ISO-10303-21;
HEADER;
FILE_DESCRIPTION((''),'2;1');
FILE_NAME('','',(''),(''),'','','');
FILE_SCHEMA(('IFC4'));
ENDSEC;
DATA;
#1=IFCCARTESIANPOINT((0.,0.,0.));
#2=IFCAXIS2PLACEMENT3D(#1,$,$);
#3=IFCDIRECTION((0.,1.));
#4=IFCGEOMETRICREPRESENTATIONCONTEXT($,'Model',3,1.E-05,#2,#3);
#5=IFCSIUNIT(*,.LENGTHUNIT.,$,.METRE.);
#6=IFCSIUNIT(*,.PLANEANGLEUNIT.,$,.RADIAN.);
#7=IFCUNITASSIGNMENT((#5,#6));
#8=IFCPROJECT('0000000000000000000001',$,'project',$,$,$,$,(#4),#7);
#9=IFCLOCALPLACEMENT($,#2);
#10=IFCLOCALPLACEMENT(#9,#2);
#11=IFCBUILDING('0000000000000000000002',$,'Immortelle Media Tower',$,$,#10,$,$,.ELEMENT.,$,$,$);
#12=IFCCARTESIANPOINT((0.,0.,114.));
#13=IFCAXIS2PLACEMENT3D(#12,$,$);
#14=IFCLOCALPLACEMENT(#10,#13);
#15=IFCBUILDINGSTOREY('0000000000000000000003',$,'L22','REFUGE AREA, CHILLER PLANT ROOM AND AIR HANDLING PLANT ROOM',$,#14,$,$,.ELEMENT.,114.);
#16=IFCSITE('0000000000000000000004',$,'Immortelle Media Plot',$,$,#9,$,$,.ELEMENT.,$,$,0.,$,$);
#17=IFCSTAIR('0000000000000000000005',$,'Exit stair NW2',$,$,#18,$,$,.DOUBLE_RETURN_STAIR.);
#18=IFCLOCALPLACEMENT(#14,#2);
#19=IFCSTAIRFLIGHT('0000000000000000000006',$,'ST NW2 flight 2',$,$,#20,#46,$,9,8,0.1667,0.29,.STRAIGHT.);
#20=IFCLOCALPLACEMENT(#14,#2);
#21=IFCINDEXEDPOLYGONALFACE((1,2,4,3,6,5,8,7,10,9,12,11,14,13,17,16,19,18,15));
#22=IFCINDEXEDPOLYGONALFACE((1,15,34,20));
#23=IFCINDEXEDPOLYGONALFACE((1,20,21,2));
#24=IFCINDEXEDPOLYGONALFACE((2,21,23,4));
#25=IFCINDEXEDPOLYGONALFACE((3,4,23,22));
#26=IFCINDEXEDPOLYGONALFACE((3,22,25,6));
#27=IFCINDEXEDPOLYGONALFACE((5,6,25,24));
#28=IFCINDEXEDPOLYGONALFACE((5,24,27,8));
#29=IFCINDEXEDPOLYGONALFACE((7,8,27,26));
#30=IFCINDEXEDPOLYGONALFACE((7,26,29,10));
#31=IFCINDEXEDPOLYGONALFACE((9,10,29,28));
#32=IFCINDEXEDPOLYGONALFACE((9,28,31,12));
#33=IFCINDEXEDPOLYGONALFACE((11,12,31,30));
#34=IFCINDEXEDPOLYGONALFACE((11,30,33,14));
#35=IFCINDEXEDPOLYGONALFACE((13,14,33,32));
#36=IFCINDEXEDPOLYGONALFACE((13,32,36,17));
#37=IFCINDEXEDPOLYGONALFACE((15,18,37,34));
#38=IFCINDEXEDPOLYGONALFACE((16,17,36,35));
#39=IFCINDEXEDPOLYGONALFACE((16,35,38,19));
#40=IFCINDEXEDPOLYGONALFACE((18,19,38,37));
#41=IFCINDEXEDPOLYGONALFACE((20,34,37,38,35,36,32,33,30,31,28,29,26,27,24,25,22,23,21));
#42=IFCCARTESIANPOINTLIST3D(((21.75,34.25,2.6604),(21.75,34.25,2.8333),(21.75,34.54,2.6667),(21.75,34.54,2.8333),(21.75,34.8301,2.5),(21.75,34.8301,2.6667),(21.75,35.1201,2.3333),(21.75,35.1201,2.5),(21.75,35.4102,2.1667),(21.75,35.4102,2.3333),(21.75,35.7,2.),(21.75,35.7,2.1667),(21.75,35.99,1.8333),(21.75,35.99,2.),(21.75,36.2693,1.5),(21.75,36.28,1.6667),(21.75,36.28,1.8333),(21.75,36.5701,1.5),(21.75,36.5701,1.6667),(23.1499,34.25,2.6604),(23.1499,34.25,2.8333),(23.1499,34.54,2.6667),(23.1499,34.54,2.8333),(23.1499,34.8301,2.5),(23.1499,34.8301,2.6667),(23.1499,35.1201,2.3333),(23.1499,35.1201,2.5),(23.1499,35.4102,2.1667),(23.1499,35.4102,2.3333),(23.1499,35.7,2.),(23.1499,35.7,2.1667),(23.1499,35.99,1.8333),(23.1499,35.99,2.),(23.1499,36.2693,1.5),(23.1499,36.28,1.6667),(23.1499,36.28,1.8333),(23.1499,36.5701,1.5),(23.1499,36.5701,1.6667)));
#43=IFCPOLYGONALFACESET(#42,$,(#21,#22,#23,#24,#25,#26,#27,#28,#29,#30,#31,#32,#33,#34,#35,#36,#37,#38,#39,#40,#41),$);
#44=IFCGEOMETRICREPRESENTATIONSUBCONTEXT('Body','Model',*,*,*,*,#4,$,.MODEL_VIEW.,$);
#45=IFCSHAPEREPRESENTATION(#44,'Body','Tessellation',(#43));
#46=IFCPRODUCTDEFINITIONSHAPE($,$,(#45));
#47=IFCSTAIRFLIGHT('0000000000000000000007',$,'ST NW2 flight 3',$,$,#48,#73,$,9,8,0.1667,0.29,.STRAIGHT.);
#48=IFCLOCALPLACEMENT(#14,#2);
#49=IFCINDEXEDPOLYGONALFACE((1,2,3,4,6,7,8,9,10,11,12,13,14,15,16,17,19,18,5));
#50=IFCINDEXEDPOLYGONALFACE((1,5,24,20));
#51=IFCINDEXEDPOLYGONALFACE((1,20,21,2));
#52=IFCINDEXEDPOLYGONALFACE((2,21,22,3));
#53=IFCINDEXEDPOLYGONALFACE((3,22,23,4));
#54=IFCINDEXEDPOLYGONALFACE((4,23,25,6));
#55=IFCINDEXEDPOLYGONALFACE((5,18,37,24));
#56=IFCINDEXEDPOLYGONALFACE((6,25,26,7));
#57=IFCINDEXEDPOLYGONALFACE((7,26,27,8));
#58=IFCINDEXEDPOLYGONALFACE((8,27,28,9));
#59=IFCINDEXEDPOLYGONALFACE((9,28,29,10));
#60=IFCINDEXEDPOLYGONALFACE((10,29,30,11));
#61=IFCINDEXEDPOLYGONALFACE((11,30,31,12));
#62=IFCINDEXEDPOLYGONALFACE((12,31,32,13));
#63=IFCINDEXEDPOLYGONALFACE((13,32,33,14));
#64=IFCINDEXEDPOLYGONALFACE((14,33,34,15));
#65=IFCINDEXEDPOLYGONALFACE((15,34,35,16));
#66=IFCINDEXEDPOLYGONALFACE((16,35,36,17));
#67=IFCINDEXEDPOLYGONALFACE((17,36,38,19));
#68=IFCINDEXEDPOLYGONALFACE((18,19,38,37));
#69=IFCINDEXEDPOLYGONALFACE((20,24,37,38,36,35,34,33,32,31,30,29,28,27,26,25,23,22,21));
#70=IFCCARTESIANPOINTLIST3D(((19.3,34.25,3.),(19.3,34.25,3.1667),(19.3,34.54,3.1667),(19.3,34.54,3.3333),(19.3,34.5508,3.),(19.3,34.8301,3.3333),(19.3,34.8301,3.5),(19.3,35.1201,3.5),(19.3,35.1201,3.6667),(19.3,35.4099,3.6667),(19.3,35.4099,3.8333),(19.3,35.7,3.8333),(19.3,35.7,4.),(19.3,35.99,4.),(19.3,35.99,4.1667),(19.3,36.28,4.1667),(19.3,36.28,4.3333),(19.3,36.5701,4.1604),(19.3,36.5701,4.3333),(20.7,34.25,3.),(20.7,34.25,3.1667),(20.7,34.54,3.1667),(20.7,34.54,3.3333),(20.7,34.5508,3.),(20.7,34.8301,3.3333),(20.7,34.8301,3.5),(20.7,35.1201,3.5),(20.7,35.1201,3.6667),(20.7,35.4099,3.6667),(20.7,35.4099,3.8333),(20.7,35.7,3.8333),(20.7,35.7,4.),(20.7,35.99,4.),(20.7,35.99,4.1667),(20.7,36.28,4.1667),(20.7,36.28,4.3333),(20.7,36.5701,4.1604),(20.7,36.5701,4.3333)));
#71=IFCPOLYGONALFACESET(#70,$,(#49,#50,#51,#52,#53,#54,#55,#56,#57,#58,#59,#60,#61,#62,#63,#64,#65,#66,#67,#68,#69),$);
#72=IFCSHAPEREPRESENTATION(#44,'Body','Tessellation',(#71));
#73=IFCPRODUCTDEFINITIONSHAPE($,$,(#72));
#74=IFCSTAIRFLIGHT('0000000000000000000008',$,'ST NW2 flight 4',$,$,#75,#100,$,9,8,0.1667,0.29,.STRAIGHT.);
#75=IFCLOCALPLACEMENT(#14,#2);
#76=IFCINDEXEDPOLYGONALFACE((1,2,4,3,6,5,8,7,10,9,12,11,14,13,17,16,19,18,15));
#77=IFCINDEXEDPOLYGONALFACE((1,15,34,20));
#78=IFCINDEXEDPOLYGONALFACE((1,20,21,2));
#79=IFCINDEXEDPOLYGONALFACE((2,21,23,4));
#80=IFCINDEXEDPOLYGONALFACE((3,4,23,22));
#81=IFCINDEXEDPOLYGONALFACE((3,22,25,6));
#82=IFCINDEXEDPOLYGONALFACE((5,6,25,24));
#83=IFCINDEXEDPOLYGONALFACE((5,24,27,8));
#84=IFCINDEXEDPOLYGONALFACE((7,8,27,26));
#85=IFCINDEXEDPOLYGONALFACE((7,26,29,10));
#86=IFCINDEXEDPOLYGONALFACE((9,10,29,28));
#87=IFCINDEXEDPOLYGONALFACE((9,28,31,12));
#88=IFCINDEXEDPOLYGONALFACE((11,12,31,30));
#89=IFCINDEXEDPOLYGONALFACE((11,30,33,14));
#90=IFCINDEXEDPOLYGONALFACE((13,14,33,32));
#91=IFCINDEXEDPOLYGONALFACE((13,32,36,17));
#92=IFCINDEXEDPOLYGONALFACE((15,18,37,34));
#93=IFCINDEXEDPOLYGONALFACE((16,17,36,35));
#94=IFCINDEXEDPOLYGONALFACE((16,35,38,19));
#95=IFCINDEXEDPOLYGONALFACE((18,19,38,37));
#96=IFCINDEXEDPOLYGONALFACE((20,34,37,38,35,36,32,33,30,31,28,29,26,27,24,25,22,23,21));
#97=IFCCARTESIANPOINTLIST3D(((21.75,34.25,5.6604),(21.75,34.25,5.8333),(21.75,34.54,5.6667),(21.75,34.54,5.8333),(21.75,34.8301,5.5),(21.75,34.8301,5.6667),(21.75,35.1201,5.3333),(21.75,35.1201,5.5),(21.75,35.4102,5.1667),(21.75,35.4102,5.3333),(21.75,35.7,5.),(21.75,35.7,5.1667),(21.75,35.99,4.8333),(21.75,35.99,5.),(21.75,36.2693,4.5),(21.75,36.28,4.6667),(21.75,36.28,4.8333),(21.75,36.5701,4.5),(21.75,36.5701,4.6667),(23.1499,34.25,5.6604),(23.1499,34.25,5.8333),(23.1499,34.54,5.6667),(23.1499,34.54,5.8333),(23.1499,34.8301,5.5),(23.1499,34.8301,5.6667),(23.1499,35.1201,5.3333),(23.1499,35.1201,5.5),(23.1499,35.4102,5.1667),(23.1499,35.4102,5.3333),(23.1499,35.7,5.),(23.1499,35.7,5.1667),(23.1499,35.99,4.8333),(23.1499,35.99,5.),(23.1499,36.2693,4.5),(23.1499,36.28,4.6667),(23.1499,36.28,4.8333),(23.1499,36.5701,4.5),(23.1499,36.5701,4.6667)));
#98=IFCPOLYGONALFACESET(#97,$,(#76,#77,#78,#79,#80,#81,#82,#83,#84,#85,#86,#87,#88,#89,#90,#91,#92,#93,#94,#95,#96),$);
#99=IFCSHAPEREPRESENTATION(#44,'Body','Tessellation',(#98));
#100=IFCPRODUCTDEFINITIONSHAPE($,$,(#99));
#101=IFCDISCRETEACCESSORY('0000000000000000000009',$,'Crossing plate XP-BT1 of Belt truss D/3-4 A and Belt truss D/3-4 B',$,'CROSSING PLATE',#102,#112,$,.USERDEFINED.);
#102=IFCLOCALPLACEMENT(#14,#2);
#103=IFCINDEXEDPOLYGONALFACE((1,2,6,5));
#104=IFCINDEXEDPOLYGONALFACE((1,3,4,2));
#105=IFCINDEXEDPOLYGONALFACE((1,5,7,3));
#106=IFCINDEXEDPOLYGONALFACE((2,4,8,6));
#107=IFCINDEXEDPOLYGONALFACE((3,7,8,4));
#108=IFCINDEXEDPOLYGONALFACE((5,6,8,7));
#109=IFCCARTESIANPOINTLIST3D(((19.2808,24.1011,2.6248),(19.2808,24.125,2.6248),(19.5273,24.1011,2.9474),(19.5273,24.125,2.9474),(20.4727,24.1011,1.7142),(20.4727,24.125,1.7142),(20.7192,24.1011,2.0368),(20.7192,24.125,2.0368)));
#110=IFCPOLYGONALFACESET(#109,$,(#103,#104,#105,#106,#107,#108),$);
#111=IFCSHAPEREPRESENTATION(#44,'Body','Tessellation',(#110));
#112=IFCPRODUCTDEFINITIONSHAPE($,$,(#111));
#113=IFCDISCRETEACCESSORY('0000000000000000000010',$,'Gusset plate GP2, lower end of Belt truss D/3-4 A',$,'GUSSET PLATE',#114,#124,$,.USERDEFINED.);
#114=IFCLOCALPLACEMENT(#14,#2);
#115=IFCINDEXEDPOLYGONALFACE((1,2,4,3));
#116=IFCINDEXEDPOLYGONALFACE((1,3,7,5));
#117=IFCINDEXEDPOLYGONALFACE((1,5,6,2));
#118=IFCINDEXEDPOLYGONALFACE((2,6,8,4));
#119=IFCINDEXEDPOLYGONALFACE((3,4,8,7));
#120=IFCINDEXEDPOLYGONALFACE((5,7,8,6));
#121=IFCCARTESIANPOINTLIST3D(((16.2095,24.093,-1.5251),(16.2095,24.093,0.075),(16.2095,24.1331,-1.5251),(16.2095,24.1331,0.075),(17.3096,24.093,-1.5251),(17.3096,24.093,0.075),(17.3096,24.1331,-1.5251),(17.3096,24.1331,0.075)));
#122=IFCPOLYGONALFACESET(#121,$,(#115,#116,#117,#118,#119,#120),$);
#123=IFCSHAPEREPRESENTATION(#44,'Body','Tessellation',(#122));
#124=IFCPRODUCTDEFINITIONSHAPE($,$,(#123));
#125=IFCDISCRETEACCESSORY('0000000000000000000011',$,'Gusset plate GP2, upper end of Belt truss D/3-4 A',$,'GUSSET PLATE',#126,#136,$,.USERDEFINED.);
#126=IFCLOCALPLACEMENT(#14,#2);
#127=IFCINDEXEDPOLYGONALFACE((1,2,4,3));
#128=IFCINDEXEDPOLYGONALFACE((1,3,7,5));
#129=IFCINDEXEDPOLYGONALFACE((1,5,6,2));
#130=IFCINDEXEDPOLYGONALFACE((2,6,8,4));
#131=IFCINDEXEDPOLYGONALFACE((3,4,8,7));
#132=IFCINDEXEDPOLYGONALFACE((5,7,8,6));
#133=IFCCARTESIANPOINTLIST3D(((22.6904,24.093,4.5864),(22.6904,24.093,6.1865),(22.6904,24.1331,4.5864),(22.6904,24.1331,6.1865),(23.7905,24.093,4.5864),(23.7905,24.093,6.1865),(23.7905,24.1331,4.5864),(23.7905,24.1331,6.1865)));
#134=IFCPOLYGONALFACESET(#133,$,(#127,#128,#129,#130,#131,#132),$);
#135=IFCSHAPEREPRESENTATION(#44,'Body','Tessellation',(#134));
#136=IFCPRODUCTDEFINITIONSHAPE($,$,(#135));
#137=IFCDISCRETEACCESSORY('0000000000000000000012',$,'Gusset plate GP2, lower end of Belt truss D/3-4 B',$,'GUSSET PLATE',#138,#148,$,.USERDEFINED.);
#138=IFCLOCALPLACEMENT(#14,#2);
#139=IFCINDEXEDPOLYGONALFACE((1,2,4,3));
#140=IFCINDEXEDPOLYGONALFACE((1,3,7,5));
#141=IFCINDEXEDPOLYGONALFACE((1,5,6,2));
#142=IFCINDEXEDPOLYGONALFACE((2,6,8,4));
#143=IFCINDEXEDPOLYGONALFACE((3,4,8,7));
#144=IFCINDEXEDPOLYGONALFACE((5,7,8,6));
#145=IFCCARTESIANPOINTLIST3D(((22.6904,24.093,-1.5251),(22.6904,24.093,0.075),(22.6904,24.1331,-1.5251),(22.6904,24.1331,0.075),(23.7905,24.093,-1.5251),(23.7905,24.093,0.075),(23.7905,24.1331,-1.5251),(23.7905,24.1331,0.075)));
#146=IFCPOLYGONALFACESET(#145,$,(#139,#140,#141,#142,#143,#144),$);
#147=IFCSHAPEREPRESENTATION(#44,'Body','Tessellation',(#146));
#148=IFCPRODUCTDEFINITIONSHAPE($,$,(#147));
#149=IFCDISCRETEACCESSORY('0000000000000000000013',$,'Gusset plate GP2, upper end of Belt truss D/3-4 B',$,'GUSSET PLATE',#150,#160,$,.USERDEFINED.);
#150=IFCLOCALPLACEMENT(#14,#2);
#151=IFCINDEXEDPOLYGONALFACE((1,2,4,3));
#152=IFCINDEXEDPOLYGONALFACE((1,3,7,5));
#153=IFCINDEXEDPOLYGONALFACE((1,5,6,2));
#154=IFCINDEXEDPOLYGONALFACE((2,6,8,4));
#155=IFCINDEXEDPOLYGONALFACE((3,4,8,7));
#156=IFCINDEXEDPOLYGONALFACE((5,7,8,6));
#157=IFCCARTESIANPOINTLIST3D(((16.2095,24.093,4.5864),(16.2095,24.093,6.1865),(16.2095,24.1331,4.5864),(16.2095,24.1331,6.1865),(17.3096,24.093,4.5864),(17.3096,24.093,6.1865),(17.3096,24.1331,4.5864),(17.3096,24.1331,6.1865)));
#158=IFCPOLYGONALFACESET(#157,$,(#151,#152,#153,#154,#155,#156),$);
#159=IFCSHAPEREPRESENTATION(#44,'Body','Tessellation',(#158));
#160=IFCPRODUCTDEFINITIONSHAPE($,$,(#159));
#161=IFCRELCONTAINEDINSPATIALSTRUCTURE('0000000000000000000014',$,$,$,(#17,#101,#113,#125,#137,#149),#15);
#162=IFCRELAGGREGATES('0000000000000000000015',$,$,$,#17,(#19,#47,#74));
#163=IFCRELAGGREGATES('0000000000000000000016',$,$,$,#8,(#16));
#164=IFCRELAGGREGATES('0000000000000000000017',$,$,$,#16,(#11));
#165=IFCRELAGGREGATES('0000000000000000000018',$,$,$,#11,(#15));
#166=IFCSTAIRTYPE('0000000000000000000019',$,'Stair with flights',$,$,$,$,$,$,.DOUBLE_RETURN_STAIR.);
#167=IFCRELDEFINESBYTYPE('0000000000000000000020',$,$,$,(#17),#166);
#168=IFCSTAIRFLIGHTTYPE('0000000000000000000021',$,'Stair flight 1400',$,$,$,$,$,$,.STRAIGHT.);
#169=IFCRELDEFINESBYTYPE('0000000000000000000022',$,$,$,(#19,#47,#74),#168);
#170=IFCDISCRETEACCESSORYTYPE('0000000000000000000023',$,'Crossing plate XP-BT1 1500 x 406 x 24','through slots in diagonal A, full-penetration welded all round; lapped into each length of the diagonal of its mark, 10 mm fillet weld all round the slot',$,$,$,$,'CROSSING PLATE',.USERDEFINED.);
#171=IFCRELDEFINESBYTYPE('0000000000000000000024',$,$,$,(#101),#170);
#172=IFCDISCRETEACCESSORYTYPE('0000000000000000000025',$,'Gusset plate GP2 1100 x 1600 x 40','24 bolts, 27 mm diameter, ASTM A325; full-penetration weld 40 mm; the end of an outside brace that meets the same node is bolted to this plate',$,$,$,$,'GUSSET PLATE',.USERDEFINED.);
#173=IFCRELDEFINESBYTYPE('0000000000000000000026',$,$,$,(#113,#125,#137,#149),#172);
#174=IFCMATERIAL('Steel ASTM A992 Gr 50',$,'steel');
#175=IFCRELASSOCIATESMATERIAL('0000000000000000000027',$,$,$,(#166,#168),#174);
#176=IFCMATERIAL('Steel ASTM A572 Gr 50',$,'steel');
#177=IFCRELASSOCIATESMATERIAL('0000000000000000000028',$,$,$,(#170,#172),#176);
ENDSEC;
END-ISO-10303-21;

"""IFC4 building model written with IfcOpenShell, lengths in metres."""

from ifc_helpers import new_model, si_unit, direction, frame, origin, origin_2d, place, context, subcontext, project, spatial, polyline, rectangle, outline, extrude, material, material_profile, profile_set, type_object, element, aggregate, save


model = new_model("IFC4")

# Units and contexts
model_context = context("Model", 3, precision=1e-05, world=origin(), true_north=direction((0.0, 1.0)))
body_context = subcontext(model_context, "Body", "Model", "MODEL_VIEW")
ifc_project = project(units=[si_unit("LENGTHUNIT", "METRE"), si_unit("PLANEANGLEUNIT", "RADIAN")], contexts=[model_context])

# Site, building, storey
site_placement = place(None, origin())
site = spatial("IfcSite", under=ifc_project, at=site_placement, Name="Immortelle Media Plot", CompositionType="ELEMENT", RefElevation=0.0)
building_placement = place(site_placement, origin())
building = spatial("IfcBuilding", under=site, at=building_placement, Name="Immortelle Media Tower", CompositionType="ELEMENT")
storey_placement = place(building_placement, frame((0.0, 0.0, 114.0)))
storey = spatial("IfcBuildingStorey", under=building, at=storey_placement, Name="L22", Description="REFUGE AREA, CHILLER PLANT ROOM AND AIR HANDLING PLANT ROOM", CompositionType="ELEMENT", Elevation=114.0)

# Shared definitions
ifc_material_1 = material(Name="Steel ASTM A992 Gr 50", Category="steel")

# Stair, stair flights
stair_type = type_object("IfcStairType", Name="Stair with flights", PredefinedType="DOUBLE_RETURN_STAIR", material=ifc_material_1)
stair_flight_type = type_object("IfcStairFlightType", Name="Stair flight 1400", PredefinedType="STRAIGHT", material=ifc_material_1)
stair_1_placement = place(storey_placement, origin())
stair_1 = element("IfcStair", 1, at=stair_1_placement, inside=storey, type_object=stair_type, Name="Exit stair NW2", PredefinedType="DOUBLE_RETURN_STAIR")
stair_flight_1_placement = place(storey_placement, frame((22.45, 36.5701, 1.5), z_axis=(0.0, 0.0, 1.0), x_axis=(0.0, -1.0, 0.0)))
stair_flight_1 = element("IfcStairFlight", 2, at=stair_flight_1_placement, type_object=stair_flight_type, Name="ST NW2 flight 2", NumberOfRisers=9, NumberOfTreads=8, PredefinedType="STRAIGHT", RiserHeight=0.1667, TreadLength=0.29, context=body_context, shape_type="SweptSolid", body=[
    extrude(outline(polyline([(0.0, 0.0), (0.0, 0.1667), (0.29, 0.1667), (0.29, 0.3333), (0.5801, 0.3333), (0.5801, 0.5), (0.8701, 0.5), (0.8701, 0.6667), (1.1599, 0.6667), (1.1599, 0.8333), (1.45, 0.8333), (1.45, 1.0), (1.74, 1.0), (1.74, 1.1667), (2.03, 1.1667), (2.03, 1.3333), (2.3201, 1.3333), (2.3201, 1.5), (2.3201, 1.1604), (0.3008, 0.0), (0.0, 0.0)])), frame((0.0, 0.7, 0.0), z_axis=(0.0, -1.0, 0.0), x_axis=(1.0, 0.0, 0.0)), (0.0, 0.0, 1.0), 1.3999),
])
stair_flight_2_placement = place(storey_placement, frame((20.0, 34.25, 3.0), z_axis=(0.0, 0.0, 1.0), x_axis=(0.0, 1.0, 0.0)))
stair_flight_2 = element("IfcStairFlight", 3, at=stair_flight_2_placement, type_object=stair_flight_type, Name="ST NW2 flight 3", NumberOfRisers=9, NumberOfTreads=8, PredefinedType="STRAIGHT", RiserHeight=0.1667, TreadLength=0.29, context=body_context, shape_type="SweptSolid", body=[
    extrude(outline(polyline([(0.0, 0.0), (0.0, 0.1667), (0.29, 0.1667), (0.29, 0.3333), (0.5801, 0.3333), (0.5801, 0.5), (0.8701, 0.5), (0.8701, 0.6667), (1.1599, 0.6667), (1.1599, 0.8333), (1.45, 0.8333), (1.45, 1.0), (1.74, 1.0), (1.74, 1.1667), (2.03, 1.1667), (2.03, 1.3333), (2.3201, 1.3333), (2.3201, 1.5), (2.3201, 1.1604), (0.3008, 0.0), (0.0, 0.0)])), frame((0.0, 0.7, 0.0), z_axis=(0.0, -1.0, 0.0), x_axis=(1.0, 0.0, 0.0)), (0.0, 0.0, 1.0), 1.3999),
])
stair_flight_3_placement = place(storey_placement, frame((22.45, 36.5701, 4.5), z_axis=(0.0, 0.0, 1.0), x_axis=(0.0, -1.0, 0.0)))
stair_flight_3 = element("IfcStairFlight", 4, at=stair_flight_3_placement, type_object=stair_flight_type, Name="ST NW2 flight 4", NumberOfRisers=9, NumberOfTreads=8, PredefinedType="STRAIGHT", RiserHeight=0.1667, TreadLength=0.29, context=body_context, shape_type="SweptSolid", body=[
    extrude(outline(polyline([(0.0, 0.0), (0.0, 0.1667), (0.29, 0.1667), (0.29, 0.3333), (0.5801, 0.3333), (0.5801, 0.5), (0.8701, 0.5), (0.8701, 0.6667), (1.1599, 0.6667), (1.1599, 0.8333), (1.45, 0.8333), (1.45, 1.0), (1.74, 1.0), (1.74, 1.1667), (2.03, 1.1667), (2.03, 1.3333), (2.3201, 1.3333), (2.3201, 1.5), (2.3201, 1.1604), (0.3008, 0.0), (0.0, 0.0)])), frame((0.0, 0.7, 0.0), z_axis=(0.0, -1.0, 0.0), x_axis=(1.0, 0.0, 0.0)), (0.0, 0.0, 1.0), 1.3999),
])
aggregate(stair_1, [stair_flight_1, stair_flight_2, stair_flight_3])

# Discrete accessories
ifc_material_2 = material(Name="Steel ASTM A572 Gr 50", Category="steel")
ifc_material_profile_1 = material_profile(ifc_material_2, rectangle(XDim=0.0239, YDim=0.406, at=origin_2d()), Name="PL 24 x 406")
ifc_profile_set_1 = profile_set([ifc_material_profile_1], Name="Steel ASTM A572 Gr 50")
discrete_accessory_type_1 = type_object("IfcDiscreteAccessoryType", Name="Crossing plate XP-BT1 1500 x 406 x 24", Description="through slots in diagonal A, full-penetration welded all round; lapped into each length of the diagonal of its mark, 10 mm fillet weld all round the slot", ElementType="CROSSING PLATE", PredefinedType="USERDEFINED", material=ifc_profile_set_1)
discrete_accessory_placement = place(storey_placement, frame((19.4041, 24.113, 2.7861), z_axis=(0.794616, 0.0, -0.607112), x_axis=(0.0, 1.0, 0.0)))
element("IfcDiscreteAccessory", 5, at=discrete_accessory_placement, inside=storey, type_object=discrete_accessory_type_1, Name="Crossing plate XP-BT1 of Belt truss D/3-4 A and Belt truss D/3-4 B", ObjectType="CROSSING PLATE", PredefinedType="USERDEFINED", context=body_context, shape_type="SweptSolid", body=[
    extrude(rectangle(XDim=0.0239, YDim=0.406, at=origin_2d()), origin(), (0.0, 0.0, 1.0), 1.5),
])
ifc_material_profile_2 = material_profile(ifc_material_2, rectangle(XDim=0.04, YDim=1.6001, at=origin_2d()), Name="PL 40 x 1600")
ifc_profile_set_2 = profile_set([ifc_material_profile_2], Name="Steel ASTM A572 Gr 50")
discrete_accessory_type_2 = type_object("IfcDiscreteAccessoryType", Name="Gusset plate GP2 1100 x 1600 x 40", Description="24 bolts, 27 mm diameter, ASTM A325; full-penetration weld 40 mm; the end of an outside brace that meets the same node is bolted to this plate", ElementType="GUSSET PLATE", PredefinedType="USERDEFINED", material=ifc_profile_set_2)
for number, where, z_axis, x_axis, name in (
    (6, (16.2095, 24.113, -0.7251), (1.0, 0.0, 0.0), (0.0, 1.0, 0.0), "Gusset plate GP2, lower end of Belt truss D/3-4 A"),
    (7, (23.7905, 24.113, 5.3865), (-1.0, 0.0, 0.0), (0.0, -1.0, 0.0), "Gusset plate GP2, upper end of Belt truss D/3-4 A"),
    (8, (23.7905, 24.113, -0.7251), (-1.0, 0.0, 0.0), (0.0, -1.0, 0.0), "Gusset plate GP2, lower end of Belt truss D/3-4 B"),
    (9, (16.2095, 24.113, 5.3865), (1.0, 0.0, 0.0), (0.0, 1.0, 0.0), "Gusset plate GP2, upper end of Belt truss D/3-4 B"),
):
    element("IfcDiscreteAccessory", number, at=place(storey_placement, frame(where, z_axis=z_axis, x_axis=x_axis)), inside=storey, type_object=discrete_accessory_type_2, Name=name, ObjectType="GUSSET PLATE", PredefinedType="USERDEFINED", context=body_context, shape_type="SweptSolid", body=[
        extrude(rectangle(XDim=0.04, YDim=1.6001, at=origin_2d()), origin(), (0.0, 0.0, 1.0), 1.1001),
    ])

save(model, "model.ifc")
